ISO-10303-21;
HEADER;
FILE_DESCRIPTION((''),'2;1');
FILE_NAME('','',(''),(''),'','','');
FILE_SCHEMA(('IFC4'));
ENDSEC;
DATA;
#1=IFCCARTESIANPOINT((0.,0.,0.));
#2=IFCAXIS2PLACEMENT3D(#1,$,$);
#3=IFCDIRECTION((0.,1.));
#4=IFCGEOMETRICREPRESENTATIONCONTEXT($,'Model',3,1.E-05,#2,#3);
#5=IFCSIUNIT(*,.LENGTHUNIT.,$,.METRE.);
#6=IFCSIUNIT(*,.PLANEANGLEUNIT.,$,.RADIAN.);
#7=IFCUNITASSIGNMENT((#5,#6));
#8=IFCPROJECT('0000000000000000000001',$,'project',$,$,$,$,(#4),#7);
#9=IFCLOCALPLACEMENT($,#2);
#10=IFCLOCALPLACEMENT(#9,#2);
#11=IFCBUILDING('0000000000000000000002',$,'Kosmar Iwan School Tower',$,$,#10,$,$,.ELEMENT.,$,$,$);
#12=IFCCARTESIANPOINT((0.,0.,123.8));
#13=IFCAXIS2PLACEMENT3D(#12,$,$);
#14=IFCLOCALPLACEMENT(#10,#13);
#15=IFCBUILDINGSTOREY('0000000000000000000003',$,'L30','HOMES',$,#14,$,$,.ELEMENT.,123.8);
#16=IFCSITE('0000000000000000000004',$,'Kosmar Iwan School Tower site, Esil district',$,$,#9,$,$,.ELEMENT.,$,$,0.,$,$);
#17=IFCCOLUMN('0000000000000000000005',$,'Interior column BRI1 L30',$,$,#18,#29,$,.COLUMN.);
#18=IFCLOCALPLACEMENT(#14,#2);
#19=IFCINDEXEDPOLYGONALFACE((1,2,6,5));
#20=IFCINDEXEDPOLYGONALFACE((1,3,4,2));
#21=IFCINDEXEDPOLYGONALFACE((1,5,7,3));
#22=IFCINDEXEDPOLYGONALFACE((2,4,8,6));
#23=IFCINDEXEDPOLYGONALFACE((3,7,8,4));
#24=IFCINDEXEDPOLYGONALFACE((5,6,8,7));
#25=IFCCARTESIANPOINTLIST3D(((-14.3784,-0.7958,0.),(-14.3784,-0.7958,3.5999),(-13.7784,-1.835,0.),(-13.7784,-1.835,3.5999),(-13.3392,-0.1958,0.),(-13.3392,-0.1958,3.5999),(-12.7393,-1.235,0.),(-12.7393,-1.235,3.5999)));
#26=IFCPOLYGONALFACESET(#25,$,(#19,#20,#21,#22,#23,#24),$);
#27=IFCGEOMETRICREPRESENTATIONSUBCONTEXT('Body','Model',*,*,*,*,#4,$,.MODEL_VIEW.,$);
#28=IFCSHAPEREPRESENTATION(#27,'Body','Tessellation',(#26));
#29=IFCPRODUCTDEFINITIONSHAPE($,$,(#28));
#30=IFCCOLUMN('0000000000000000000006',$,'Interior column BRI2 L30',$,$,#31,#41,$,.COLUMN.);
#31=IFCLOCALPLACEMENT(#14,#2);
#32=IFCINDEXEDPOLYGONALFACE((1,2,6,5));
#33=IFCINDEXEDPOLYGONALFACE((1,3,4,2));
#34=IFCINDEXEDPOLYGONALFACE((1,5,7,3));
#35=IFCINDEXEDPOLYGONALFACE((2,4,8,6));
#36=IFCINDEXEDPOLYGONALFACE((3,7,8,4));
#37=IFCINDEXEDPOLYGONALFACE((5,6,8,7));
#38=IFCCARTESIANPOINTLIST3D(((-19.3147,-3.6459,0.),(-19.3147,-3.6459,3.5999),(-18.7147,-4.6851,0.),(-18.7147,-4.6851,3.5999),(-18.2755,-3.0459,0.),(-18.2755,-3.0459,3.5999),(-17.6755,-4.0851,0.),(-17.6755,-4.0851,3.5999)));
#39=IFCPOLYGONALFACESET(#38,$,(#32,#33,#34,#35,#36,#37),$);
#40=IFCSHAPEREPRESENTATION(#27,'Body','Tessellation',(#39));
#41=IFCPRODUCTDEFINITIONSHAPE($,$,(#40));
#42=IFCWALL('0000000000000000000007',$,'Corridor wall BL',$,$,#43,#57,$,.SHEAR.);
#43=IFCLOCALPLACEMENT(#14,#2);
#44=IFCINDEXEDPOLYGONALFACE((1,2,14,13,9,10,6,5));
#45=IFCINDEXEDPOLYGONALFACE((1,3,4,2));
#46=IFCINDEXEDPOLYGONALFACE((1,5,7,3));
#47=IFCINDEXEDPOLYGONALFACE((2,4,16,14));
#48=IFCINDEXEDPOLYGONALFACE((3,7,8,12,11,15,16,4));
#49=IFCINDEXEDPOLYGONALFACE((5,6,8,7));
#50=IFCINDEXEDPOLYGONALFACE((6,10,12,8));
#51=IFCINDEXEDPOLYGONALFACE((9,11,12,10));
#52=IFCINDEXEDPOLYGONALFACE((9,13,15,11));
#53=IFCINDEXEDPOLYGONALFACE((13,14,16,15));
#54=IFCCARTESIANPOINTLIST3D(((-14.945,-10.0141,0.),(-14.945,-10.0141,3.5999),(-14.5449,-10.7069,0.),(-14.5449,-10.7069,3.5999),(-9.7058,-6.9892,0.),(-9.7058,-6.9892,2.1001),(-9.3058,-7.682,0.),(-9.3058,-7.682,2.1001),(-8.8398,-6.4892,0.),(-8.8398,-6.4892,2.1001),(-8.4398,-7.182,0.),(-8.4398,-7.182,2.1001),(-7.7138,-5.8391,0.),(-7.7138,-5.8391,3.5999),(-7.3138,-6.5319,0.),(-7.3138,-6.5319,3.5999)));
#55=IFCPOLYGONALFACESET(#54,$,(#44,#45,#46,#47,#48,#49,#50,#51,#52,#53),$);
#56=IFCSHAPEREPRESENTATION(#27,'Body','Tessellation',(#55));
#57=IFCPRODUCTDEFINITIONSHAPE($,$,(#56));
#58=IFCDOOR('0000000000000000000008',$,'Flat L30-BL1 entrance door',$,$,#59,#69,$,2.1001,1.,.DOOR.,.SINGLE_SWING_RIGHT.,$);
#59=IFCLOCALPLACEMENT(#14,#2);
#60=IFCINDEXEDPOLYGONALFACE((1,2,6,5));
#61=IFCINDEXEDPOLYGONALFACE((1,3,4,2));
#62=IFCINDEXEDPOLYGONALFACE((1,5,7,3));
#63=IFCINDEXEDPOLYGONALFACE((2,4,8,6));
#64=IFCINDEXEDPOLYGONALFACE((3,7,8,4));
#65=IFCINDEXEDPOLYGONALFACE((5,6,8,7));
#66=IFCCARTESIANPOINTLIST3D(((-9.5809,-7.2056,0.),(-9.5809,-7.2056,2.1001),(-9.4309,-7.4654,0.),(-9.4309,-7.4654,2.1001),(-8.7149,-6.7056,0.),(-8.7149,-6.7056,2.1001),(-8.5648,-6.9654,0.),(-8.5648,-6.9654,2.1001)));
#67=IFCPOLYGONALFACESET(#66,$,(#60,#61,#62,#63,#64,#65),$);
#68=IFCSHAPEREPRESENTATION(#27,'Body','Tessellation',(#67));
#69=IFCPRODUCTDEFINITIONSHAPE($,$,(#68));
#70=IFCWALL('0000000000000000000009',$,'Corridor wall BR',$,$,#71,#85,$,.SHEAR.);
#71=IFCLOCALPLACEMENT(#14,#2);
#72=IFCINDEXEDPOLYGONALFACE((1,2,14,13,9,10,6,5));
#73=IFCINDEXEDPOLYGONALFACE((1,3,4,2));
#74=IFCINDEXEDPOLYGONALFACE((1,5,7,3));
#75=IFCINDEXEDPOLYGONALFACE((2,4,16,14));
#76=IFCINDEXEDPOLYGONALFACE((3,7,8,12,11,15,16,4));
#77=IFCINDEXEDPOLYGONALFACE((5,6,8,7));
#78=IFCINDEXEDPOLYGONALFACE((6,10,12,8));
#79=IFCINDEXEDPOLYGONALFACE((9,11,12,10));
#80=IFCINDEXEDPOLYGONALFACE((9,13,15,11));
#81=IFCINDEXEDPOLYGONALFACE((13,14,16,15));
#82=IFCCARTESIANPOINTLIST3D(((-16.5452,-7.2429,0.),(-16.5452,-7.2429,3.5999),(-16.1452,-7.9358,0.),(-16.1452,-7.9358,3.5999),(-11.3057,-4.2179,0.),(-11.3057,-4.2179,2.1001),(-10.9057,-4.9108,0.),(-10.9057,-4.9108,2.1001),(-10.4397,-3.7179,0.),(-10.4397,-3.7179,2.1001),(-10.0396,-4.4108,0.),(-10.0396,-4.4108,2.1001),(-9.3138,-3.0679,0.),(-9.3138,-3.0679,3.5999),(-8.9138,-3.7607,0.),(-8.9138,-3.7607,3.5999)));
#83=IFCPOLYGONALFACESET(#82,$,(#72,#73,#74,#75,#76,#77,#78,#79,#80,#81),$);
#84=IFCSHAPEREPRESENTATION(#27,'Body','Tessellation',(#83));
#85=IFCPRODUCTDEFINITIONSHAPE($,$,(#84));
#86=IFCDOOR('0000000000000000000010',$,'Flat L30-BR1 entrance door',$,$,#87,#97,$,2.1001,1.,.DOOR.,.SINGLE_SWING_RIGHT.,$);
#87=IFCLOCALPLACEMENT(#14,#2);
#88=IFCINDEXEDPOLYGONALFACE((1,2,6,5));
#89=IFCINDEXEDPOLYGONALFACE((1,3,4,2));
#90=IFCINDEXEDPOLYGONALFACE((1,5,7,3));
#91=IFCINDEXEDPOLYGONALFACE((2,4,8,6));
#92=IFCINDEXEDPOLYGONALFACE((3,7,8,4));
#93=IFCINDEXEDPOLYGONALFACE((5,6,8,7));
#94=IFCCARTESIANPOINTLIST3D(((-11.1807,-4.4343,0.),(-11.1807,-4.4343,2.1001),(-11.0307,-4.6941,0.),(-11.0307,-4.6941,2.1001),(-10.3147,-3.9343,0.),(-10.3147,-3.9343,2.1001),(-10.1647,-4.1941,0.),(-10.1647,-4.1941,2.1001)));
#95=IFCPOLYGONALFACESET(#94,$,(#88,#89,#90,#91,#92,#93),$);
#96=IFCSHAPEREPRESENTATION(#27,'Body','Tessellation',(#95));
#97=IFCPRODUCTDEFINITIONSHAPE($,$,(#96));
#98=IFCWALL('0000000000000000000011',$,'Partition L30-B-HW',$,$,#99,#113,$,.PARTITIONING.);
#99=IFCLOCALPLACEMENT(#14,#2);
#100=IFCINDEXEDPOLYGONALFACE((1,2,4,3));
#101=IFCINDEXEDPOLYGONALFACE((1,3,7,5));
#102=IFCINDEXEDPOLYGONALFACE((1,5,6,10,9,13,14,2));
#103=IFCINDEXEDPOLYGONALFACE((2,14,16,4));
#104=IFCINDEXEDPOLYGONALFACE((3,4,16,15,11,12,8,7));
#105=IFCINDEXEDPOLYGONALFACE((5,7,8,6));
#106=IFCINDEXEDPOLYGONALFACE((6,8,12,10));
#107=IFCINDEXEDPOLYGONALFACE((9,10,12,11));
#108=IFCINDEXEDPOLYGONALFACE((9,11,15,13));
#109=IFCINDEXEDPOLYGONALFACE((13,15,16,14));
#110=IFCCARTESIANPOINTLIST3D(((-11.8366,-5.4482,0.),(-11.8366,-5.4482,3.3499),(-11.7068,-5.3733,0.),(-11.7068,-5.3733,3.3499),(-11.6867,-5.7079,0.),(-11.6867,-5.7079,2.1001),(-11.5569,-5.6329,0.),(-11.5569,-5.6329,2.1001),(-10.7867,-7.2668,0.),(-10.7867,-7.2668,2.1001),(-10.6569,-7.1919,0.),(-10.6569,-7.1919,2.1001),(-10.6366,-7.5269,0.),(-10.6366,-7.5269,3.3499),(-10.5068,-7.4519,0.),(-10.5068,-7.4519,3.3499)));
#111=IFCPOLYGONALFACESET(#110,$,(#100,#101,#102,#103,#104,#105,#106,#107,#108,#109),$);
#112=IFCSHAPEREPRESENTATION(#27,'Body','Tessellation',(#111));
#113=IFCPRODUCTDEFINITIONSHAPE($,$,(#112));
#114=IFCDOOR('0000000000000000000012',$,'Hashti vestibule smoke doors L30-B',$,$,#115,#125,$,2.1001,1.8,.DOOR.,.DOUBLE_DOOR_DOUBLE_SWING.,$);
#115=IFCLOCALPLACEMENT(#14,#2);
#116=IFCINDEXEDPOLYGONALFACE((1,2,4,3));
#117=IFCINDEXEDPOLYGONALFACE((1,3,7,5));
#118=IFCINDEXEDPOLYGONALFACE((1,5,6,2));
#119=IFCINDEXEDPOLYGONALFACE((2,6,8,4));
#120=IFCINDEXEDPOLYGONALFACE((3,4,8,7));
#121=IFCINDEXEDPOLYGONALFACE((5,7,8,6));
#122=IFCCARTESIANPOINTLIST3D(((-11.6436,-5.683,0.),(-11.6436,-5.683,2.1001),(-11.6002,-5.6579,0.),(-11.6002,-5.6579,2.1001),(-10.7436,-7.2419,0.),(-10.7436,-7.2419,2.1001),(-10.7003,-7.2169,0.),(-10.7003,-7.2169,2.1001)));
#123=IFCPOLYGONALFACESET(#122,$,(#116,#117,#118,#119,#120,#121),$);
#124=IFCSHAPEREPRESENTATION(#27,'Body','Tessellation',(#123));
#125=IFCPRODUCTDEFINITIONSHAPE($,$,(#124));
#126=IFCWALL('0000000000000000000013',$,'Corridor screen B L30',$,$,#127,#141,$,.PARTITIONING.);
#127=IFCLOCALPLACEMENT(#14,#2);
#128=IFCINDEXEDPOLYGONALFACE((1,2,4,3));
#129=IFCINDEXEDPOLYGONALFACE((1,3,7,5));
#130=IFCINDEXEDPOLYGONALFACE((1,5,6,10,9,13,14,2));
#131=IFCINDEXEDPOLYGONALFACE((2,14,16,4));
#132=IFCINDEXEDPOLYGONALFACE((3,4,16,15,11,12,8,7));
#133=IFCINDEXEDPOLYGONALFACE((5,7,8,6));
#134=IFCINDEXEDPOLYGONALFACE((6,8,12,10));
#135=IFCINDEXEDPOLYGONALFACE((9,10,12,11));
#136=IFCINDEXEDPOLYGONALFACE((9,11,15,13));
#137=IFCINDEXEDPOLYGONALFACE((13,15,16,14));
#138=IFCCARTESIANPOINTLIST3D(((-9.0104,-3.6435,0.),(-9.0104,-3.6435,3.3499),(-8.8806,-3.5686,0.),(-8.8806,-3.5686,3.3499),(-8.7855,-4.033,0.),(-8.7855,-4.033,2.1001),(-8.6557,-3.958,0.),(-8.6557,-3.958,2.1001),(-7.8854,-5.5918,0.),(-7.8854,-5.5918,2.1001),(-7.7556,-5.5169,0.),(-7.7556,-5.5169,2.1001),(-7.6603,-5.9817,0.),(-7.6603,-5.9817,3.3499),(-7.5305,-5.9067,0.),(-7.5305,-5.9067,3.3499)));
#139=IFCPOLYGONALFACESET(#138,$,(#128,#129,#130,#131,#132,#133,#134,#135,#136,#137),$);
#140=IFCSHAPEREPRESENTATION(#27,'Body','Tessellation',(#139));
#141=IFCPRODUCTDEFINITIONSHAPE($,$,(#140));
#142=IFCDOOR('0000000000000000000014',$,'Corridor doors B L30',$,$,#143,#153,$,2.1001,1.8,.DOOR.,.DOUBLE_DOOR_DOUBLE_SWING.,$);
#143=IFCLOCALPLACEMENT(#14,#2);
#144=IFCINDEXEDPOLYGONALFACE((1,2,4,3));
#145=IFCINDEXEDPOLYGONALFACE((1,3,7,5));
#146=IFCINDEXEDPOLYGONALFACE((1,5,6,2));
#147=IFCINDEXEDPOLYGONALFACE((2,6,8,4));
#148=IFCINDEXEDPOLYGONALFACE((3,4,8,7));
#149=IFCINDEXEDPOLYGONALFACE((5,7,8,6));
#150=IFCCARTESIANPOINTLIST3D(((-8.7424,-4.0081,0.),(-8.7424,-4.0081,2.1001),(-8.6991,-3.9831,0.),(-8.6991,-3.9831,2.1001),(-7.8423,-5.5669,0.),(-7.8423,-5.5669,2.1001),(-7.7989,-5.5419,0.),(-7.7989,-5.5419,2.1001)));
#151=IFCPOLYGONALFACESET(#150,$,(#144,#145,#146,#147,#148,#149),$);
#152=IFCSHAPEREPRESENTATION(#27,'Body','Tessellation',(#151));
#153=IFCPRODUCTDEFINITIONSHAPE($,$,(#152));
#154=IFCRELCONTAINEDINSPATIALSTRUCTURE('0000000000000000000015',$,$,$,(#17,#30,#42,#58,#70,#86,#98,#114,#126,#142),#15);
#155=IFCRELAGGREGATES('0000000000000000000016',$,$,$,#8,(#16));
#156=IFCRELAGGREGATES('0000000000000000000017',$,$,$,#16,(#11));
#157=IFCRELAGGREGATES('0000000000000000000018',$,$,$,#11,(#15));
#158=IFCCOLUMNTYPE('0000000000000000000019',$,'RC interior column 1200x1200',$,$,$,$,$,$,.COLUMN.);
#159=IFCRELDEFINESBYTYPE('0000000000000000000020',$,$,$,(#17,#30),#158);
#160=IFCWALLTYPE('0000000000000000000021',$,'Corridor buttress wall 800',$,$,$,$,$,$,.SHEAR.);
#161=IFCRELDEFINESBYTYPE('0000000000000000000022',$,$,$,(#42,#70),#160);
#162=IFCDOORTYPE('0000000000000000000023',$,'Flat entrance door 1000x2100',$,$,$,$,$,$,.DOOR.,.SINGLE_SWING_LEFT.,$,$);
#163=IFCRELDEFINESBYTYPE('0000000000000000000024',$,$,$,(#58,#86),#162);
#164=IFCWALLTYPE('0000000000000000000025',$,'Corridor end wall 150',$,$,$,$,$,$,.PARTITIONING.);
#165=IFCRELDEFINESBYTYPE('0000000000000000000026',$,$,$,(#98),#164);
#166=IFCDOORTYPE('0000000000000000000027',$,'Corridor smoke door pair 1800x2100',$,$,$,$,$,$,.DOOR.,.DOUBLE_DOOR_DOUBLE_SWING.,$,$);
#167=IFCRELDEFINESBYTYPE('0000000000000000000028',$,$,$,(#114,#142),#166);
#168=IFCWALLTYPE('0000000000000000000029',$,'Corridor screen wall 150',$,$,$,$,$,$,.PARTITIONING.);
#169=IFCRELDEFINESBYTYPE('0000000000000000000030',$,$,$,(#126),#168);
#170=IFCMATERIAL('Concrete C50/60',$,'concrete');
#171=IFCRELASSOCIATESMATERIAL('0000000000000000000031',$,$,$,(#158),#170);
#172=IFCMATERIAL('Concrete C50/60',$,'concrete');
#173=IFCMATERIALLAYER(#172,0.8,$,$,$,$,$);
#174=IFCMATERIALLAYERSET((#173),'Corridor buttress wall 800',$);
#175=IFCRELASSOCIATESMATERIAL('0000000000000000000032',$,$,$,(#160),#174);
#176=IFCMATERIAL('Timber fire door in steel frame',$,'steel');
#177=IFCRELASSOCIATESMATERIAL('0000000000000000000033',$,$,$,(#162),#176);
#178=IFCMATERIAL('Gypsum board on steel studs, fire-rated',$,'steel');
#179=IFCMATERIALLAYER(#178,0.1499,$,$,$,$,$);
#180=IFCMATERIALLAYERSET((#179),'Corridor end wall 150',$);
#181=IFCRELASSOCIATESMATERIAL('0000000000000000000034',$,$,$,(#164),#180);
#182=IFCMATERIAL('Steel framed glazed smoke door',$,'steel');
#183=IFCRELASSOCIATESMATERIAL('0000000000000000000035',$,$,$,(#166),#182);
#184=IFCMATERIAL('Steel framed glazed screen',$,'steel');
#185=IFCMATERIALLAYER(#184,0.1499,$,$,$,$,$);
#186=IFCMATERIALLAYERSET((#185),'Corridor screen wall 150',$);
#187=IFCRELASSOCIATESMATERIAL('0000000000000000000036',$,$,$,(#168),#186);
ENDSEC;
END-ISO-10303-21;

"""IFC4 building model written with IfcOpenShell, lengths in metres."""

from ifc_helpers import new_model, si_unit, direction, frame, frame_2d, origin, origin_2d, place, context, subcontext, project, spatial, rectangle, extrude, material, layer, layer_set, material_profile, profile_set, type_object, element, fill, save


model = new_model("IFC4")

# Units and contexts
model_context = context("Model", 3, precision=1e-05, world=origin(), true_north=direction((0.0, 1.0)))
body_context = subcontext(model_context, "Body", "Model", "MODEL_VIEW")
ifc_project = project(units=[si_unit("LENGTHUNIT", "METRE"), si_unit("PLANEANGLEUNIT", "RADIAN")], contexts=[model_context])

# Site, building, storey
site_placement = place(None, origin())
site = spatial("IfcSite", under=ifc_project, at=site_placement, Name="Kosmar Iwan School Tower site, Esil district", CompositionType="ELEMENT", RefElevation=0.0)
building_placement = place(site_placement, origin())
building = spatial("IfcBuilding", under=site, at=building_placement, Name="Kosmar Iwan School Tower", CompositionType="ELEMENT")
storey_placement = place(building_placement, frame((0.0, 0.0, 123.8)))
storey = spatial("IfcBuildingStorey", under=building, at=storey_placement, Name="L30", Description="HOMES", CompositionType="ELEMENT", Elevation=123.8)

# Columns
ifc_material_1 = material(Name="Concrete C50/60", Category="concrete")
ifc_material_profile = material_profile(ifc_material_1, rectangle(XDim=1.2, YDim=1.2, at=origin_2d()), Name="RC 1200x1200")
ifc_profile_set = profile_set([ifc_material_profile], Name="Concrete C50/60")
column_type = type_object("IfcColumnType", Name="RC interior column 1200x1200", PredefinedType="COLUMN", material=ifc_profile_set)
for number, where, z_axis, x_axis, name in (
    (1, (-13.5588, -1.0154, 0.0), (0.0, 0.0, 1.0), (-0.866025, -0.5, 0.0), "Interior column BRI1 L30"),
    (2, (-18.4951, -3.8655, 0.0), (0.0, 0.0, 1.0), (-0.866025, -0.5, 0.0), "Interior column BRI2 L30"),
):
    element("IfcColumn", number, at=place(storey_placement, frame(where, z_axis=z_axis, x_axis=x_axis)), inside=storey, type_object=column_type, Name=name, PredefinedType="COLUMN", context=body_context, shape_type="SweptSolid", body=[
        extrude(rectangle(XDim=1.2, YDim=1.2, at=origin_2d()), origin(), (0.0, 0.0, 1.0), 3.5999),
    ])

# Walls, openings, doors
ifc_material_2 = material(Name="Concrete C50/60", Category="concrete")
ifc_layer_1 = layer(ifc_material_2, 0.8)
ifc_layer_set_1 = layer_set([ifc_layer_1], Name="Corridor buttress wall 800")
wall_type_1 = type_object("IfcWallType", Name="Corridor buttress wall 800", PredefinedType="SHEAR", material=ifc_layer_set_1)
wall_1_placement = place(storey_placement, frame((-7.5139, -6.1855, 0.0), z_axis=(0.0, 0.0, 1.0), x_axis=(-0.86602, -0.50001, 0.0)))
wall_1 = element("IfcWall", 3, at=wall_1_placement, inside=storey, type_object=wall_type_1, Name="Corridor wall BL", PredefinedType="SHEAR", context=body_context, shape_type="SweptSolid", body=[
    extrude(rectangle(XDim=8.3499, YDim=0.8, at=frame_2d((4.1748, 0.0))), origin(), (0.0, 0.0, 1.0), 3.5999),
])
opening_1_placement = place(wall_1_placement, frame((1.3, 0.0, 0.0)))
opening_1 = element("IfcOpeningElement", 4, at=opening_1_placement, cuts=wall_1, PredefinedType="OPENING", context=body_context, shape_type="SweptSolid", body=[
    extrude(rectangle(XDim=1.0, YDim=2.1001, at=frame_2d((0.5, 1.05))), frame((0.0, 0.4121, 0.0), z_axis=(0.0, -1.0, 0.0), x_axis=(1.0, 0.0, 0.0)), (0.0, 0.0, 1.0), 0.824),
])
ifc_material_3 = material(Name="Timber fire door in steel frame", Category="steel")
door_type_1 = type_object("IfcDoorType", Name="Flat entrance door 1000x2100", OperationType="SINGLE_SWING_LEFT", PredefinedType="DOOR", material=ifc_material_3)
door_1_placement = place(opening_1_placement, origin())
door_1 = element("IfcDoor", 5, at=door_1_placement, inside=storey, type_object=door_type_1, Name="Flat L30-BL1 entrance door", OperationType="SINGLE_SWING_RIGHT", OverallHeight=2.1001, OverallWidth=1.0, PredefinedType="DOOR", context=body_context, shape_type="SweptSolid", body=[
    extrude(rectangle(XDim=1.0, YDim=2.1001, at=frame_2d((0.5, 1.05))), frame((0.0, 0.1499, 0.0), z_axis=(0.0, -1.0, 0.0), x_axis=(1.0, 0.0, 0.0)), (0.0, 0.0, 1.0), 0.3),
])
fill(opening_1, door_1)
wall_2_placement = place(storey_placement, frame((-9.1138, -3.4143, 0.0), z_axis=(0.0, 0.0, 1.0), x_axis=(-0.866027, -0.499997, 0.0)))
wall_2 = element("IfcWall", 6, at=wall_2_placement, inside=storey, type_object=wall_type_1, Name="Corridor wall BR", PredefinedType="SHEAR", context=body_context, shape_type="SweptSolid", body=[
    extrude(rectangle(XDim=8.3501, YDim=0.8, at=frame_2d((4.175, 0.0))), origin(), (0.0, 0.0, 1.0), 3.5999),
])
opening_2_placement = place(wall_2_placement, frame((1.3, 0.0, 0.0)))
opening_2 = element("IfcOpeningElement", 7, at=opening_2_placement, cuts=wall_2, PredefinedType="OPENING", context=body_context, shape_type="SweptSolid", body=[
    extrude(rectangle(XDim=1.0, YDim=2.1001, at=frame_2d((0.5, 1.05))), frame((0.0, 0.4121, 0.0), z_axis=(0.0, -1.0, 0.0), x_axis=(1.0, 0.0, 0.0)), (0.0, 0.0, 1.0), 0.824),
])
door_2_placement = place(opening_2_placement, origin())
door_2 = element("IfcDoor", 8, at=door_2_placement, inside=storey, type_object=door_type_1, Name="Flat L30-BR1 entrance door", OperationType="SINGLE_SWING_RIGHT", OverallHeight=2.1001, OverallWidth=1.0, PredefinedType="DOOR", context=body_context, shape_type="SweptSolid", body=[
    extrude(rectangle(XDim=1.0, YDim=2.1001, at=frame_2d((0.5, 1.05))), frame((0.0, 0.1499, 0.0), z_axis=(0.0, -1.0, 0.0), x_axis=(1.0, 0.0, 0.0)), (0.0, 0.0, 1.0), 0.3),
])
fill(opening_2, door_2)
ifc_material_4 = material(Name="Gypsum board on steel studs, fire-rated", Category="steel")
ifc_layer_2 = layer(ifc_material_4, 0.1499)
ifc_layer_set_2 = layer_set([ifc_layer_2], Name="Corridor end wall 150")
wall_type_2 = type_object("IfcWallType", Name="Corridor end wall 150", PredefinedType="PARTITIONING", material=ifc_layer_set_2)
wall_3_placement = place(storey_placement, frame((-11.7717, -5.4106, 0.0), z_axis=(0.0, 0.0, 1.0), x_axis=(0.499957, -0.86605, 0.0)))
wall_3 = element("IfcWall", 9, at=wall_3_placement, inside=storey, type_object=wall_type_2, Name="Partition L30-B-HW", PredefinedType="PARTITIONING", context=body_context, shape_type="SweptSolid", body=[
    extrude(rectangle(XDim=2.4001, YDim=0.1499, at=frame_2d((1.2002, 0.0))), origin(), (0.0, 0.0, 1.0), 3.3499),
])
opening_3_placement = place(wall_3_placement, frame((0.3, 0.0, 0.0)))
opening_3 = element("IfcOpeningElement", 10, at=opening_3_placement, cuts=wall_3, PredefinedType="OPENING", context=body_context, shape_type="SweptSolid", body=[
    extrude(rectangle(XDim=1.8, YDim=2.1001, at=frame_2d((0.8999, 1.05))), frame((0.0, 0.0869, 0.0), z_axis=(0.0, -1.0, 0.0), x_axis=(1.0, 0.0, 0.0)), (0.0, 0.0, 1.0), 0.1738),
])
ifc_material_5 = material(Name="Steel framed glazed smoke door", Category="steel")
door_type_2 = type_object("IfcDoorType", Name="Corridor smoke door pair 1800x2100", OperationType="DOUBLE_DOOR_DOUBLE_SWING", PredefinedType="DOOR", material=ifc_material_5)
door_3_placement = place(opening_3_placement, origin())
door_3 = element("IfcDoor", 11, at=door_3_placement, inside=storey, type_object=door_type_2, Name="Hashti vestibule smoke doors L30-B", OperationType="DOUBLE_DOOR_DOUBLE_SWING", OverallHeight=2.1001, OverallWidth=1.8, PredefinedType="DOOR", context=body_context, shape_type="SweptSolid", body=[
    extrude(rectangle(XDim=1.8, YDim=2.1001, at=frame_2d((0.8999, 1.05))), frame((0.0, 0.0249, 0.0), z_axis=(0.0, -1.0, 0.0), x_axis=(1.0, 0.0, 0.0)), (0.0, 0.0, 1.0), 0.05),
])
fill(opening_3, door_3)
ifc_material_6 = material(Name="Steel framed glazed screen", Category="steel")
ifc_layer_3 = layer(ifc_material_6, 0.1499)
ifc_layer_set_3 = layer_set([ifc_layer_3], Name="Corridor screen wall 150")
wall_type_3 = type_object("IfcWallType", Name="Corridor screen wall 150", PredefinedType="PARTITIONING", material=ifc_layer_set_3)
wall_4_placement = place(storey_placement, frame((-8.9456, -3.606, 0.0), z_axis=(0.0, 0.0, 1.0), x_axis=(0.500049, -0.865997, 0.0)))
wall_4 = element("IfcWall", 12, at=wall_4_placement, inside=storey, type_object=wall_type_3, Name="Corridor screen B L30", PredefinedType="PARTITIONING", context=body_context, shape_type="SweptSolid", body=[
    extrude(rectangle(XDim=2.7, YDim=0.1499, at=frame_2d((1.3501, 0.0))), origin(), (0.0, 0.0, 1.0), 3.3499),
])
opening_4_placement = place(wall_4_placement, frame((0.45, 0.0, 0.0)))
opening_4 = element("IfcOpeningElement", 13, at=opening_4_placement, cuts=wall_4, PredefinedType="OPENING", context=body_context, shape_type="SweptSolid", body=[
    extrude(rectangle(XDim=1.8, YDim=2.1001, at=frame_2d((0.8999, 1.05))), frame((0.0, 0.0869, 0.0), z_axis=(0.0, -1.0, 0.0), x_axis=(1.0, 0.0, 0.0)), (0.0, 0.0, 1.0), 0.1738),
])
door_4_placement = place(opening_4_placement, origin())
door_4 = element("IfcDoor", 14, at=door_4_placement, inside=storey, type_object=door_type_2, Name="Corridor doors B L30", OperationType="DOUBLE_DOOR_DOUBLE_SWING", OverallHeight=2.1001, OverallWidth=1.8, PredefinedType="DOOR", context=body_context, shape_type="SweptSolid", body=[
    extrude(rectangle(XDim=1.8, YDim=2.1001, at=frame_2d((0.8999, 1.05))), frame((0.0, 0.0249, 0.0), z_axis=(0.0, -1.0, 0.0), x_axis=(1.0, 0.0, 0.0)), (0.0, 0.0, 1.0), 0.05),
])
fill(opening_4, door_4)

save(model, "model.ifc")
